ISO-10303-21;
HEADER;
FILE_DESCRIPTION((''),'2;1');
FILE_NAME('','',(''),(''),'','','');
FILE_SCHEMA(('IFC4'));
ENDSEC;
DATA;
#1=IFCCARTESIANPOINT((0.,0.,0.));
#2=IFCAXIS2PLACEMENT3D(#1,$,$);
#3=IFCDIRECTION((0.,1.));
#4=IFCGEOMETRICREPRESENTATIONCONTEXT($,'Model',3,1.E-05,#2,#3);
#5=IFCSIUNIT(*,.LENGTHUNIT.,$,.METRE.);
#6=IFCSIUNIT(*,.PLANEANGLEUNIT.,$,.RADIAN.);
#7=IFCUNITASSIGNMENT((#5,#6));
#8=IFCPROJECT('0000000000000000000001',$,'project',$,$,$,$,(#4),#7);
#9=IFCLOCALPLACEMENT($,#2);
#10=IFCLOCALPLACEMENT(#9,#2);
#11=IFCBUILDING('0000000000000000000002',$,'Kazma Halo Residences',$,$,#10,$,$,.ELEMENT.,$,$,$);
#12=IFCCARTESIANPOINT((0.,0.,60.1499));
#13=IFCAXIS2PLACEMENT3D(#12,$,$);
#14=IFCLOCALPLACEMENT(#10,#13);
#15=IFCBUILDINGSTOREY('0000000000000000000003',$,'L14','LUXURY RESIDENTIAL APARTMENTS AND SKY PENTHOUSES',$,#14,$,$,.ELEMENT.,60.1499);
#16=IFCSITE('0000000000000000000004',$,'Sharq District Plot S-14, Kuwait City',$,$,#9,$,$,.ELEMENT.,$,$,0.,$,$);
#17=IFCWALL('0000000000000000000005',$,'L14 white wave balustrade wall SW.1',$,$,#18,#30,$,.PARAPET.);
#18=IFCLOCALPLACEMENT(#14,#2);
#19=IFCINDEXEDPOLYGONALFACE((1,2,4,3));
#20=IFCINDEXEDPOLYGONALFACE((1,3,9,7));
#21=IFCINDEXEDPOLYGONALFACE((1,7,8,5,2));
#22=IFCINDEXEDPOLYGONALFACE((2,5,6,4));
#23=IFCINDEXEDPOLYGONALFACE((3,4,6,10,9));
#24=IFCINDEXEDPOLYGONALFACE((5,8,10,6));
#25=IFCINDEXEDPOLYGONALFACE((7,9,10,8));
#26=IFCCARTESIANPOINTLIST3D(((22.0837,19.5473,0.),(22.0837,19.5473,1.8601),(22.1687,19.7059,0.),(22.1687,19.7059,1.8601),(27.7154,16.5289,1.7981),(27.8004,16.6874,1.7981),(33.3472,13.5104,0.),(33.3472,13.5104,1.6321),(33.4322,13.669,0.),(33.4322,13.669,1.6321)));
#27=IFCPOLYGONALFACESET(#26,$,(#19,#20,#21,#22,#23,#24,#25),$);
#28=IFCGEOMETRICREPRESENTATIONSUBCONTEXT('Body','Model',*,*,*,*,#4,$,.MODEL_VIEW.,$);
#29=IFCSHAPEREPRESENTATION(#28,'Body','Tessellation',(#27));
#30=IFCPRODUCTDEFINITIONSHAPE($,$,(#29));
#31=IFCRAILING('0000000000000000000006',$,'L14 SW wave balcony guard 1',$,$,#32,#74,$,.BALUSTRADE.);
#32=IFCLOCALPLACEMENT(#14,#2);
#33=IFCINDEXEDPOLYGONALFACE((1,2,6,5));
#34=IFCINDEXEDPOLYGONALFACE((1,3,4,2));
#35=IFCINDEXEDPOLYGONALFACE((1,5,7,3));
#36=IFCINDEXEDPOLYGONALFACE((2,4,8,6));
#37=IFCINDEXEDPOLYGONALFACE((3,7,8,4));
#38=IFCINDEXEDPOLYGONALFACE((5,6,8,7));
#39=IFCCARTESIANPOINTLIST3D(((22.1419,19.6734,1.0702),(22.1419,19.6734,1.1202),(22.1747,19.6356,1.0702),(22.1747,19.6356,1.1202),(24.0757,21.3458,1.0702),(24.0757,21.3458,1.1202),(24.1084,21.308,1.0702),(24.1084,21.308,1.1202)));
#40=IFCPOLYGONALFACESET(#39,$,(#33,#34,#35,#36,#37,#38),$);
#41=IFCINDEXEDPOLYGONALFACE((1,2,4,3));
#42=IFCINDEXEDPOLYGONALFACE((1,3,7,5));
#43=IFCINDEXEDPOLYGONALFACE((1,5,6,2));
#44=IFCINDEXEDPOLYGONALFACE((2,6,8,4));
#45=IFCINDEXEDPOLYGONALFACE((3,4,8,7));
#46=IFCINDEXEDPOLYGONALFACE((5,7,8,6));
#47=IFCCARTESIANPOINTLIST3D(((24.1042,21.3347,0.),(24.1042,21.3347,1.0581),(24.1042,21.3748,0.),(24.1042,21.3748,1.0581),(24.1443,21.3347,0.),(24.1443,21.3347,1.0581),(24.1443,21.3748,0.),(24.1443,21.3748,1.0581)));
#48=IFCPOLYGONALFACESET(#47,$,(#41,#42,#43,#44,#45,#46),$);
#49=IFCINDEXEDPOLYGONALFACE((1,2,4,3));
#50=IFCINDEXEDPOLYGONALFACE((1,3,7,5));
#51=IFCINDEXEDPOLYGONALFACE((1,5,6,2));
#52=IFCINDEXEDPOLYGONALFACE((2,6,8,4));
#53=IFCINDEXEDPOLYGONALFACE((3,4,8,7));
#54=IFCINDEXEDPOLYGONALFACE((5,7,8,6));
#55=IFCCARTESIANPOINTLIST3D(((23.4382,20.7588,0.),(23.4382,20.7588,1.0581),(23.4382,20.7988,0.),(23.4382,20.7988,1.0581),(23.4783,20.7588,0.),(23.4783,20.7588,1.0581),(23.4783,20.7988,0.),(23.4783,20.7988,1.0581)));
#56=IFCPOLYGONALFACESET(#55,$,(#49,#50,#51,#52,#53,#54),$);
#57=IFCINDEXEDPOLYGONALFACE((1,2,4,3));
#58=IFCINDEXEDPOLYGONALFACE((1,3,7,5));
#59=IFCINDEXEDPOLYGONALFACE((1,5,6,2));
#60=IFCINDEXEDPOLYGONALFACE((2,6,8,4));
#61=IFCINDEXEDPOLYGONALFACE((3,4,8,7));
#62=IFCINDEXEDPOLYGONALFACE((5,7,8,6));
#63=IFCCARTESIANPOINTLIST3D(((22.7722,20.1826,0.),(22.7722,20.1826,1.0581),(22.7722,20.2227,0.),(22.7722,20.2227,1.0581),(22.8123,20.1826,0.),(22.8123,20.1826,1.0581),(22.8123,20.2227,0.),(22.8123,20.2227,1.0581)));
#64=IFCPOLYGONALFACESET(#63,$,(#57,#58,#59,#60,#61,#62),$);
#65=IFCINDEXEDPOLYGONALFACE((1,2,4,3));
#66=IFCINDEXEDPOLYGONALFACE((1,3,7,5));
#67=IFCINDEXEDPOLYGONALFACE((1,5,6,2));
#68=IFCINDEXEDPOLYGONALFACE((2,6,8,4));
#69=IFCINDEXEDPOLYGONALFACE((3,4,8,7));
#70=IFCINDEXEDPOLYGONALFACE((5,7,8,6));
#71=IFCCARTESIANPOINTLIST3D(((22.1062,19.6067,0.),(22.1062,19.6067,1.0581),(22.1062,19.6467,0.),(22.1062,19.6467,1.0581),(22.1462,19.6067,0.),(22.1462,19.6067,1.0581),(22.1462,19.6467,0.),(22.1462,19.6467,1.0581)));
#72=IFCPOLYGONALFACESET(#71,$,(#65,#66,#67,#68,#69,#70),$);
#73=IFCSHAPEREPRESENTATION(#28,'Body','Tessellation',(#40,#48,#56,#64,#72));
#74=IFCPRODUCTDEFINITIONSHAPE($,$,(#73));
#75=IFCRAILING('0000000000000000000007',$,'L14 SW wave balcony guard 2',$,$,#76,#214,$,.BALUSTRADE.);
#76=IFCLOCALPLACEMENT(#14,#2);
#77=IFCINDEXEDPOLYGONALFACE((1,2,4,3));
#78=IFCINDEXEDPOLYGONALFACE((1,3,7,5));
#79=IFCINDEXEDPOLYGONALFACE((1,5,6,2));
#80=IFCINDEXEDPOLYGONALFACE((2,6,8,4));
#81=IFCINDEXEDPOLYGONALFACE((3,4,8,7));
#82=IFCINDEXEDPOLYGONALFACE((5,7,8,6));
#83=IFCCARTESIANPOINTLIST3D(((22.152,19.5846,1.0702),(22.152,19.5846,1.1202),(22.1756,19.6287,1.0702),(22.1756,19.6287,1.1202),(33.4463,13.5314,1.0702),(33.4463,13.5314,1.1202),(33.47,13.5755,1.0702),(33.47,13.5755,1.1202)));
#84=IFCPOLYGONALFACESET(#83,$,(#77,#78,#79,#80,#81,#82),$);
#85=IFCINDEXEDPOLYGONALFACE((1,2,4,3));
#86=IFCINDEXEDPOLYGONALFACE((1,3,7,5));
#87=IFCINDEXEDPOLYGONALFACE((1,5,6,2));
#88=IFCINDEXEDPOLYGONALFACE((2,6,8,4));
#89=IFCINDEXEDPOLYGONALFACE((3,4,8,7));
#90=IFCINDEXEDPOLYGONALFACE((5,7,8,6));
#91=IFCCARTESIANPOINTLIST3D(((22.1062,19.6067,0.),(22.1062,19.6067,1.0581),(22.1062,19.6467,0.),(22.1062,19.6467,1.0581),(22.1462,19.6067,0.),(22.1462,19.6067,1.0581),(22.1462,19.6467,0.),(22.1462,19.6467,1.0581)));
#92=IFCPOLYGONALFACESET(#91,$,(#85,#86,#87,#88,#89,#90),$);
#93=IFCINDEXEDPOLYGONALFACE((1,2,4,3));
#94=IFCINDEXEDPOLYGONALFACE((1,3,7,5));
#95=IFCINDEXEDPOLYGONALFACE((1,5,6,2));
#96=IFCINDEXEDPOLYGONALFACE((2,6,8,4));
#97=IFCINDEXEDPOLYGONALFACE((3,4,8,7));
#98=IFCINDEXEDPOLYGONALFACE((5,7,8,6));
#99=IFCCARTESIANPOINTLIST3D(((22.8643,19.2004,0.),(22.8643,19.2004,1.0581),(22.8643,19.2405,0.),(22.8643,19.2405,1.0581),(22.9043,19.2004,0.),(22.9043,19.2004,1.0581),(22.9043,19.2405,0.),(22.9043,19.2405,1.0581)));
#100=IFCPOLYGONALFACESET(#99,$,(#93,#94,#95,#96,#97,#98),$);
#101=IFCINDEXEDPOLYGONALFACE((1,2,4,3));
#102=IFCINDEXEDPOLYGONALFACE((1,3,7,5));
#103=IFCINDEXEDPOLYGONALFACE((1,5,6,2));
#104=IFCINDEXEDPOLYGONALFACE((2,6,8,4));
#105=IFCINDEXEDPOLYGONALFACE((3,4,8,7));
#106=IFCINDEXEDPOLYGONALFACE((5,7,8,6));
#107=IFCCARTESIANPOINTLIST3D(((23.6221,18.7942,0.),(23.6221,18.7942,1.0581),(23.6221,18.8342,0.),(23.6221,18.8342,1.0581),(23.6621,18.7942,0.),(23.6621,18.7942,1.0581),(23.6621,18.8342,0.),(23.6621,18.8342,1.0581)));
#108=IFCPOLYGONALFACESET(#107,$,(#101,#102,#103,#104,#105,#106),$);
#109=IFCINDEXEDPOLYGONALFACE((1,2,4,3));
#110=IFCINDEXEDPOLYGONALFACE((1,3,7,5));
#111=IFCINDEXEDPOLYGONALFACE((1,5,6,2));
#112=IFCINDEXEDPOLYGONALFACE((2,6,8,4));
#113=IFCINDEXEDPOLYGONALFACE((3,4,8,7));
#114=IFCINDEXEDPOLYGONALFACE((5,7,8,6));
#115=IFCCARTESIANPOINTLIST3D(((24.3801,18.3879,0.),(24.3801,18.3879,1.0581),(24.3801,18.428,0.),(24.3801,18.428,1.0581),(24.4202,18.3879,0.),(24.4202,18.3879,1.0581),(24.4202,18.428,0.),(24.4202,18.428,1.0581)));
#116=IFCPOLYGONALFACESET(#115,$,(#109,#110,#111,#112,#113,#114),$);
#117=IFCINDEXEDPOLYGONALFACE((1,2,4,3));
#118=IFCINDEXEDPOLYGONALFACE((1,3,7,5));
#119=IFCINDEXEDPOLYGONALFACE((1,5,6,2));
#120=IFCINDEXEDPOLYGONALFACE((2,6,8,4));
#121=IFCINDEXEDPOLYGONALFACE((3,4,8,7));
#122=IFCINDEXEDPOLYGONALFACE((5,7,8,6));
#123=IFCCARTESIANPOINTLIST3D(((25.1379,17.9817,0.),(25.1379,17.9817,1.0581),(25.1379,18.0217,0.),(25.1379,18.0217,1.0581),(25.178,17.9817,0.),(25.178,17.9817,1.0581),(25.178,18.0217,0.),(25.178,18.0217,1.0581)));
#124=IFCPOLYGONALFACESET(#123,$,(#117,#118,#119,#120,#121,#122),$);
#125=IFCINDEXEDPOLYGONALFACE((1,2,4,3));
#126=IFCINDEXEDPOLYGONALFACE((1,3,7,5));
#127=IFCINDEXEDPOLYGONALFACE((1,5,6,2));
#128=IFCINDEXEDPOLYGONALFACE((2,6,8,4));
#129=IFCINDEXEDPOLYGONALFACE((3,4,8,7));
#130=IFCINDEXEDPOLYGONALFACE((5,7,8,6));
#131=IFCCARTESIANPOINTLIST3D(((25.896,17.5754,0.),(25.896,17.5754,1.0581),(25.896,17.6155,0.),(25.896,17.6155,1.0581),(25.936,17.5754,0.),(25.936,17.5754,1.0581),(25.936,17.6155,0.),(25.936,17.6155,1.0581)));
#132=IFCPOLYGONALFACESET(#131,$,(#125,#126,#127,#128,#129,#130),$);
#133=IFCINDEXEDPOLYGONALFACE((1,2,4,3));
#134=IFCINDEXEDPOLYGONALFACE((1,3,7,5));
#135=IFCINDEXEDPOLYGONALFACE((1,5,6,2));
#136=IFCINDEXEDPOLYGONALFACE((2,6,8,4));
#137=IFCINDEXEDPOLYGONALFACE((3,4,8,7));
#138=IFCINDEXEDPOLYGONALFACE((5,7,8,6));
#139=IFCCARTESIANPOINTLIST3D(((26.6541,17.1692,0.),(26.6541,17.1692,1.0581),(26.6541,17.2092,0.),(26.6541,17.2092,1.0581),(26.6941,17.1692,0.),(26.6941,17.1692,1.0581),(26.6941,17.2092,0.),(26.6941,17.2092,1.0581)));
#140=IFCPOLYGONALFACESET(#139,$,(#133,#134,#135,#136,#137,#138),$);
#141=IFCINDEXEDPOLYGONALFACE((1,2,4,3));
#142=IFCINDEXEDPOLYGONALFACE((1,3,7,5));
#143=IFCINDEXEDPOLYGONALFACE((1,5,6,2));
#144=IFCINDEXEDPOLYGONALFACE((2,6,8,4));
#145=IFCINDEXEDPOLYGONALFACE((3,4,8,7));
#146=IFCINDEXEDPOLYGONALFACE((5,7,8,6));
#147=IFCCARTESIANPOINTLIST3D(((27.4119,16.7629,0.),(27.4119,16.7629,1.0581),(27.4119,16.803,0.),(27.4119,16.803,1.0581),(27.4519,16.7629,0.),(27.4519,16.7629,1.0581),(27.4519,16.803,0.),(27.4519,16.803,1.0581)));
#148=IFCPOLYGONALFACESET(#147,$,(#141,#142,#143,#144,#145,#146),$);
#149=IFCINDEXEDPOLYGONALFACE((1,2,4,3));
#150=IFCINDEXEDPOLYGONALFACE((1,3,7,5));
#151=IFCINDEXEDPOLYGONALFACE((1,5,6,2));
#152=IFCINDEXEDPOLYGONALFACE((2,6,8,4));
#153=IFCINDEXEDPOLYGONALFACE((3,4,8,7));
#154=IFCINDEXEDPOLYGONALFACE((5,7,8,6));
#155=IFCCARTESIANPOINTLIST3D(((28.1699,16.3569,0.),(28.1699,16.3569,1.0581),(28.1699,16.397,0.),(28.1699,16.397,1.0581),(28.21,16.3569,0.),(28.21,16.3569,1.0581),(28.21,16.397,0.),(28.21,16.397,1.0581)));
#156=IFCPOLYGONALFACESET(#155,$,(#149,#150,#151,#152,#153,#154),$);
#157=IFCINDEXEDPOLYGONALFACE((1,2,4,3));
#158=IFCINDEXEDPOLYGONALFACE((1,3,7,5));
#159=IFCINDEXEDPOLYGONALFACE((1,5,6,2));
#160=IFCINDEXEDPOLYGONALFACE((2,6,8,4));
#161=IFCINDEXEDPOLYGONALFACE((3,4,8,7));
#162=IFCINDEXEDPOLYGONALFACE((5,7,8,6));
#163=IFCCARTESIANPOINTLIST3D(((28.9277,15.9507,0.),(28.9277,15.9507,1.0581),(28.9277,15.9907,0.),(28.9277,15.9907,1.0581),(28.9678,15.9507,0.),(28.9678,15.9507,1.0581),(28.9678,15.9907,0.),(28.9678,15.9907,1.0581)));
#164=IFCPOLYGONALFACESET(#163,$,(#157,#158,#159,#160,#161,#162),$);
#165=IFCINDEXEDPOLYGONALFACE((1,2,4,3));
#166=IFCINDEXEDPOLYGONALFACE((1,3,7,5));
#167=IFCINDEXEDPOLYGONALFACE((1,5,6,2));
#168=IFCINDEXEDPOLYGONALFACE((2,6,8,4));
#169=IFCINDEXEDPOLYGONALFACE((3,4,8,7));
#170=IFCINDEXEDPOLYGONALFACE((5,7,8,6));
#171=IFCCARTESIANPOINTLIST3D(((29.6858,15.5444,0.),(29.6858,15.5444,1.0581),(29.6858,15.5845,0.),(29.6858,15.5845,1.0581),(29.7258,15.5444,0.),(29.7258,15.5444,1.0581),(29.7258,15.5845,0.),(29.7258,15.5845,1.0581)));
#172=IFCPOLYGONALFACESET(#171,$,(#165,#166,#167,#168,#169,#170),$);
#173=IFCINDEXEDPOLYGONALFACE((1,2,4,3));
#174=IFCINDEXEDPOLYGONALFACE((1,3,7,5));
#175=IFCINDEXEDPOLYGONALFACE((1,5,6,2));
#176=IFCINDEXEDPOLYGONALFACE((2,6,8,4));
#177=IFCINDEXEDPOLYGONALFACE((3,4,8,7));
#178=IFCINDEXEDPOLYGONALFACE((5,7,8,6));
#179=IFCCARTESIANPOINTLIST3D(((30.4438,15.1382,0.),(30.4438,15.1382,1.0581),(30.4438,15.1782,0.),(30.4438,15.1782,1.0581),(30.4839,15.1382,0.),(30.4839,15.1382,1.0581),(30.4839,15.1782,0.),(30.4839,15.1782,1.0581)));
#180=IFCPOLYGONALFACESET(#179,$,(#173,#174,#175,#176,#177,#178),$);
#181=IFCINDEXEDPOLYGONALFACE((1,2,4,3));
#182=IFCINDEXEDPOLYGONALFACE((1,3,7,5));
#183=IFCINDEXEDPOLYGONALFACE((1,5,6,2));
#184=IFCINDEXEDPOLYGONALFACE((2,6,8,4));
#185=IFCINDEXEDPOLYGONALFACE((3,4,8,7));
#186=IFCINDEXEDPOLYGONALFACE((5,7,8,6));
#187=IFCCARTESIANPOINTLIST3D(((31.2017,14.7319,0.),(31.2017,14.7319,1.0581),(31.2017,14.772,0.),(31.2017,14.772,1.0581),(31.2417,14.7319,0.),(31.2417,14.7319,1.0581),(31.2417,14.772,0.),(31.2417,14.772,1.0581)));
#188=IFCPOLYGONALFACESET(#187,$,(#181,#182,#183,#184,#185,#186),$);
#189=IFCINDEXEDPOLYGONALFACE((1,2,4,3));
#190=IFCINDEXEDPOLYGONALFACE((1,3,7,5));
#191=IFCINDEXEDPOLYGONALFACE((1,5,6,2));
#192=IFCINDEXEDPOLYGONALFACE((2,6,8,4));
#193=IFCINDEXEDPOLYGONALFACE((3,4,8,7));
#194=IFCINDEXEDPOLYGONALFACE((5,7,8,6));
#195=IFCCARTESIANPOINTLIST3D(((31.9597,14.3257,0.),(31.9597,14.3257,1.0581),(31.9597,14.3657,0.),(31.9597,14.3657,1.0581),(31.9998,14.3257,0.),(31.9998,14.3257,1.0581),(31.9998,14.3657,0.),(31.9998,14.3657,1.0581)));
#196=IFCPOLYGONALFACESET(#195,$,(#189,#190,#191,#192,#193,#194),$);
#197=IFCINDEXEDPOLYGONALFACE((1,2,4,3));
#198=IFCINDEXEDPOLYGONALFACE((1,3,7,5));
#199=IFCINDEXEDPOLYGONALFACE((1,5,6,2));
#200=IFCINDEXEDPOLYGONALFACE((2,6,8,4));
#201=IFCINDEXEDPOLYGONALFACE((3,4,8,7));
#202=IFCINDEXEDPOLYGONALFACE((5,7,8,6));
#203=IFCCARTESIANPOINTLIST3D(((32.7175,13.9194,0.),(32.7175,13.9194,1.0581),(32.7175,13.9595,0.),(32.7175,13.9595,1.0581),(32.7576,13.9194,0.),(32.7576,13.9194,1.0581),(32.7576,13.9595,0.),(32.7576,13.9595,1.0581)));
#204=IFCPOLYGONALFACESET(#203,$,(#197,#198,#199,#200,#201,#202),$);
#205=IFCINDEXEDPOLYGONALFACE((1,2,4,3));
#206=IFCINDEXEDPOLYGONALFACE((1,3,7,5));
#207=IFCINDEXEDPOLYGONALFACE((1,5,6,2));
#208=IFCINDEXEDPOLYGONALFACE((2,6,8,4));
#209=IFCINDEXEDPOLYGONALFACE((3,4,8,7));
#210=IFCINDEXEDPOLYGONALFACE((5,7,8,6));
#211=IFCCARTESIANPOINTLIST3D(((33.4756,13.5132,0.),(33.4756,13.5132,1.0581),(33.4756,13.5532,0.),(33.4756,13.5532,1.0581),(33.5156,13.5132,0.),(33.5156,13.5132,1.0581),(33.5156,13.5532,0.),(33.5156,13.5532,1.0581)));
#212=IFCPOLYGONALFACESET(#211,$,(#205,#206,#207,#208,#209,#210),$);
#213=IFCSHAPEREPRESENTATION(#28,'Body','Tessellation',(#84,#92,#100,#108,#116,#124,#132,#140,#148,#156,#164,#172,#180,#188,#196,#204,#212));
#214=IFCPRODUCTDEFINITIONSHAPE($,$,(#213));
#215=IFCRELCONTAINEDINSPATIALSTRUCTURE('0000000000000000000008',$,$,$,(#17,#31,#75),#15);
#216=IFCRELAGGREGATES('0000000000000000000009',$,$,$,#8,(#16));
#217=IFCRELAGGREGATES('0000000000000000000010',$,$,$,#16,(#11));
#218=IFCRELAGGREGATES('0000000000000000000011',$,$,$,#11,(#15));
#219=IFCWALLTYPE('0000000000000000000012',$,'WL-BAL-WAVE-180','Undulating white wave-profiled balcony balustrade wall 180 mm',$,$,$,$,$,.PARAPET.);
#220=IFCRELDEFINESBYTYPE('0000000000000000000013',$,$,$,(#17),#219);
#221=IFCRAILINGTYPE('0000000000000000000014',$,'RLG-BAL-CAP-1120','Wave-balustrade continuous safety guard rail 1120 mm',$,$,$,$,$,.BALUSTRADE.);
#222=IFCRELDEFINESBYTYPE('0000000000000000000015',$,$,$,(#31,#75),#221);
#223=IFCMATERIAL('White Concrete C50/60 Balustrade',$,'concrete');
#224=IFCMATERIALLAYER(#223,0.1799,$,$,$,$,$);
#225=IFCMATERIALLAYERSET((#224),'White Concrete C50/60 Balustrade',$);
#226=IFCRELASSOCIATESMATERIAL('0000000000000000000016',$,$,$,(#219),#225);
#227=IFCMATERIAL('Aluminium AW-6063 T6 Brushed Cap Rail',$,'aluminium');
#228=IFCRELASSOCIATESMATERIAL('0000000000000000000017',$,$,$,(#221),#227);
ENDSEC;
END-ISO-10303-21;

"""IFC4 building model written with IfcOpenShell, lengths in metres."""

from ifc_helpers import new_model, si_unit, direction, frame, origin, origin_2d, place, context, subcontext, project, spatial, polyline, rectangle, outline, extrude, material, layer, layer_set, type_object, element, save


model = new_model("IFC4")

# Units and contexts
model_context = context("Model", 3, precision=1e-05, world=origin(), true_north=direction((0.0, 1.0)))
body_context = subcontext(model_context, "Body", "Model", "MODEL_VIEW")
ifc_project = project(units=[si_unit("LENGTHUNIT", "METRE"), si_unit("PLANEANGLEUNIT", "RADIAN")], contexts=[model_context])

# Site, building, storey
site_placement = place(None, origin())
site = spatial("IfcSite", under=ifc_project, at=site_placement, Name="Sharq District Plot S-14, Kuwait City", CompositionType="ELEMENT", RefElevation=0.0)
building_placement = place(site_placement, origin())
building = spatial("IfcBuilding", under=site, at=building_placement, Name="Kazma Halo Residences", CompositionType="ELEMENT")
storey_placement = place(building_placement, frame((0.0, 0.0, 60.1499)))
storey = spatial("IfcBuildingStorey", under=building, at=storey_placement, Name="L14", Description="LUXURY RESIDENTIAL APARTMENTS AND SKY PENTHOUSES", CompositionType="ELEMENT", Elevation=60.1499)

# Wall
ifc_material_1 = material(Name="White Concrete C50/60 Balustrade", Category="concrete")
ifc_layer_1 = layer(ifc_material_1, 0.1799)
ifc_layer_set_1 = layer_set([ifc_layer_1], Name="White Concrete C50/60 Balustrade")
wall_type_1 = type_object("IfcWallType", Name="WL-BAL-WAVE-180", Description="Undulating white wave-profiled balcony balustrade wall 180 mm", PredefinedType="PARAPET", material=ifc_layer_set_1)
wall_1_placement = place(storey_placement, frame((22.1262, 19.6267, 0.0), z_axis=(0.0, 0.0, 1.0), x_axis=(0.881386, -0.472397, 0.0)))
element("IfcWall", 1, at=wall_1_placement, inside=storey, type_object=wall_type_1, Name="L14 white wave balustrade wall SW.1", PredefinedType="PARAPET", context=body_context, shape_type="SweptSolid", body=[
    extrude(outline(polyline([(0.0, 0.0), (12.7793, 0.0), (12.7793, 1.6321), (6.3896, 1.7981), (0.0, 1.8601), (0.0, 0.0)])), frame((0.0, 0.0898, 0.0), z_axis=(0.0, -1.0, 0.0), x_axis=(1.0, 0.0, 0.0)), (0.0, 0.0, 1.0), 0.1799),
])

# Railings
ifc_material_2 = material(Name="Aluminium AW-6063 T6 Brushed Cap Rail", Category="aluminium")
railing_type = type_object("IfcRailingType", Name="RLG-BAL-CAP-1120", Description="Wave-balustrade continuous safety guard rail 1120 mm", PredefinedType="BALUSTRADE", material=ifc_material_2)
railing_1_placement = place(storey_placement, frame((24.1243, 21.3547, 0.0)))
element("IfcRailing", 2, at=railing_1_placement, inside=storey, type_object=railing_type, Name="L14 SW wave balcony guard 1", PredefinedType="BALUSTRADE", context=body_context, shape_type="SweptSolid", body=[
    extrude(rectangle(XDim=0.05, YDim=0.05, at=origin_2d()), frame((-0.0322, -0.0278, 1.0952), z_axis=(-0.756366, -0.654149, 0.0), x_axis=(0.654149, -0.756366, 0.0)), (0.0, 0.0, 1.0), 2.5566),
    extrude(rectangle(XDim=0.04, YDim=0.04, at=origin_2d()), origin(), (0.0, 0.0, 1.0), 1.0581),
    extrude(rectangle(XDim=0.04, YDim=0.04, at=origin_2d()), frame((-0.666, -0.5759, 0.0)), (0.0, 0.0, 1.0), 1.0581),
    extrude(rectangle(XDim=0.04, YDim=0.04, at=origin_2d()), frame((-1.332, -1.1521, 0.0)), (0.0, 0.0, 1.0), 1.0581),
    extrude(rectangle(XDim=0.04, YDim=0.04, at=origin_2d()), frame((-1.998, -1.728, 0.0)), (0.0, 0.0, 1.0), 1.0581),
])
railing_2_placement = place(storey_placement, frame((22.1262, 19.6267, 0.0)))
element("IfcRailing", 3, at=railing_2_placement, inside=storey, type_object=railing_type, Name="L14 SW wave balcony guard 2", PredefinedType="BALUSTRADE", context=body_context, shape_type="SweptSolid", body=[
    extrude(rectangle(XDim=0.05, YDim=0.05, at=origin_2d()), frame((0.0376, -0.02, 1.0952), z_axis=(0.881391, -0.472388, 0.0), x_axis=(0.472388, 0.881391, 0.0)), (0.0, 0.0, 1.0), 12.8142),
    extrude(rectangle(XDim=0.04, YDim=0.04, at=origin_2d()), origin(), (0.0, 0.0, 1.0), 1.0581),
    extrude(rectangle(XDim=0.04, YDim=0.04, at=origin_2d()), frame((0.7581, -0.4062, 0.0)), (0.0, 0.0, 1.0), 1.0581),
    extrude(rectangle(XDim=0.04, YDim=0.04, at=origin_2d()), frame((1.5159, -0.8125, 0.0)), (0.0, 0.0, 1.0), 1.0581),
    extrude(rectangle(XDim=0.04, YDim=0.04, at=origin_2d()), frame((2.2739, -1.2188, 0.0)), (0.0, 0.0, 1.0), 1.0581),
    extrude(rectangle(XDim=0.04, YDim=0.04, at=origin_2d()), frame((3.0317, -1.625, 0.0)), (0.0, 0.0, 1.0), 1.0581),
    extrude(rectangle(XDim=0.04, YDim=0.04, at=origin_2d()), frame((3.7898, -2.0312, 0.0)), (0.0, 0.0, 1.0), 1.0581),
    extrude(rectangle(XDim=0.04, YDim=0.04, at=origin_2d()), frame((4.5479, -2.4375, 0.0)), (0.0, 0.0, 1.0), 1.0581),
    extrude(rectangle(XDim=0.04, YDim=0.04, at=origin_2d()), frame((5.3057, -2.8438, 0.0)), (0.0, 0.0, 1.0), 1.0581),
    extrude(rectangle(XDim=0.04, YDim=0.04, at=origin_2d()), frame((6.0637, -3.2498, 0.0)), (0.0, 0.0, 1.0), 1.0581),
    extrude(rectangle(XDim=0.04, YDim=0.04, at=origin_2d()), frame((6.8215, -3.656, 0.0)), (0.0, 0.0, 1.0), 1.0581),
    extrude(rectangle(XDim=0.04, YDim=0.04, at=origin_2d()), frame((7.5796, -4.0623, 0.0)), (0.0, 0.0, 1.0), 1.0581),
    extrude(rectangle(XDim=0.04, YDim=0.04, at=origin_2d()), frame((8.3376, -4.4685, 0.0)), (0.0, 0.0, 1.0), 1.0581),
    extrude(rectangle(XDim=0.04, YDim=0.04, at=origin_2d()), frame((9.0955, -4.8748, 0.0)), (0.0, 0.0, 1.0), 1.0581),
    extrude(rectangle(XDim=0.04, YDim=0.04, at=origin_2d()), frame((9.8535, -5.281, 0.0)), (0.0, 0.0, 1.0), 1.0581),
    extrude(rectangle(XDim=0.04, YDim=0.04, at=origin_2d()), frame((10.6113, -5.6873, 0.0)), (0.0, 0.0, 1.0), 1.0581),
    extrude(rectangle(XDim=0.04, YDim=0.04, at=origin_2d()), frame((11.3694, -6.0935, 0.0)), (0.0, 0.0, 1.0), 1.0581),
])

save(model, "model.ifc")
